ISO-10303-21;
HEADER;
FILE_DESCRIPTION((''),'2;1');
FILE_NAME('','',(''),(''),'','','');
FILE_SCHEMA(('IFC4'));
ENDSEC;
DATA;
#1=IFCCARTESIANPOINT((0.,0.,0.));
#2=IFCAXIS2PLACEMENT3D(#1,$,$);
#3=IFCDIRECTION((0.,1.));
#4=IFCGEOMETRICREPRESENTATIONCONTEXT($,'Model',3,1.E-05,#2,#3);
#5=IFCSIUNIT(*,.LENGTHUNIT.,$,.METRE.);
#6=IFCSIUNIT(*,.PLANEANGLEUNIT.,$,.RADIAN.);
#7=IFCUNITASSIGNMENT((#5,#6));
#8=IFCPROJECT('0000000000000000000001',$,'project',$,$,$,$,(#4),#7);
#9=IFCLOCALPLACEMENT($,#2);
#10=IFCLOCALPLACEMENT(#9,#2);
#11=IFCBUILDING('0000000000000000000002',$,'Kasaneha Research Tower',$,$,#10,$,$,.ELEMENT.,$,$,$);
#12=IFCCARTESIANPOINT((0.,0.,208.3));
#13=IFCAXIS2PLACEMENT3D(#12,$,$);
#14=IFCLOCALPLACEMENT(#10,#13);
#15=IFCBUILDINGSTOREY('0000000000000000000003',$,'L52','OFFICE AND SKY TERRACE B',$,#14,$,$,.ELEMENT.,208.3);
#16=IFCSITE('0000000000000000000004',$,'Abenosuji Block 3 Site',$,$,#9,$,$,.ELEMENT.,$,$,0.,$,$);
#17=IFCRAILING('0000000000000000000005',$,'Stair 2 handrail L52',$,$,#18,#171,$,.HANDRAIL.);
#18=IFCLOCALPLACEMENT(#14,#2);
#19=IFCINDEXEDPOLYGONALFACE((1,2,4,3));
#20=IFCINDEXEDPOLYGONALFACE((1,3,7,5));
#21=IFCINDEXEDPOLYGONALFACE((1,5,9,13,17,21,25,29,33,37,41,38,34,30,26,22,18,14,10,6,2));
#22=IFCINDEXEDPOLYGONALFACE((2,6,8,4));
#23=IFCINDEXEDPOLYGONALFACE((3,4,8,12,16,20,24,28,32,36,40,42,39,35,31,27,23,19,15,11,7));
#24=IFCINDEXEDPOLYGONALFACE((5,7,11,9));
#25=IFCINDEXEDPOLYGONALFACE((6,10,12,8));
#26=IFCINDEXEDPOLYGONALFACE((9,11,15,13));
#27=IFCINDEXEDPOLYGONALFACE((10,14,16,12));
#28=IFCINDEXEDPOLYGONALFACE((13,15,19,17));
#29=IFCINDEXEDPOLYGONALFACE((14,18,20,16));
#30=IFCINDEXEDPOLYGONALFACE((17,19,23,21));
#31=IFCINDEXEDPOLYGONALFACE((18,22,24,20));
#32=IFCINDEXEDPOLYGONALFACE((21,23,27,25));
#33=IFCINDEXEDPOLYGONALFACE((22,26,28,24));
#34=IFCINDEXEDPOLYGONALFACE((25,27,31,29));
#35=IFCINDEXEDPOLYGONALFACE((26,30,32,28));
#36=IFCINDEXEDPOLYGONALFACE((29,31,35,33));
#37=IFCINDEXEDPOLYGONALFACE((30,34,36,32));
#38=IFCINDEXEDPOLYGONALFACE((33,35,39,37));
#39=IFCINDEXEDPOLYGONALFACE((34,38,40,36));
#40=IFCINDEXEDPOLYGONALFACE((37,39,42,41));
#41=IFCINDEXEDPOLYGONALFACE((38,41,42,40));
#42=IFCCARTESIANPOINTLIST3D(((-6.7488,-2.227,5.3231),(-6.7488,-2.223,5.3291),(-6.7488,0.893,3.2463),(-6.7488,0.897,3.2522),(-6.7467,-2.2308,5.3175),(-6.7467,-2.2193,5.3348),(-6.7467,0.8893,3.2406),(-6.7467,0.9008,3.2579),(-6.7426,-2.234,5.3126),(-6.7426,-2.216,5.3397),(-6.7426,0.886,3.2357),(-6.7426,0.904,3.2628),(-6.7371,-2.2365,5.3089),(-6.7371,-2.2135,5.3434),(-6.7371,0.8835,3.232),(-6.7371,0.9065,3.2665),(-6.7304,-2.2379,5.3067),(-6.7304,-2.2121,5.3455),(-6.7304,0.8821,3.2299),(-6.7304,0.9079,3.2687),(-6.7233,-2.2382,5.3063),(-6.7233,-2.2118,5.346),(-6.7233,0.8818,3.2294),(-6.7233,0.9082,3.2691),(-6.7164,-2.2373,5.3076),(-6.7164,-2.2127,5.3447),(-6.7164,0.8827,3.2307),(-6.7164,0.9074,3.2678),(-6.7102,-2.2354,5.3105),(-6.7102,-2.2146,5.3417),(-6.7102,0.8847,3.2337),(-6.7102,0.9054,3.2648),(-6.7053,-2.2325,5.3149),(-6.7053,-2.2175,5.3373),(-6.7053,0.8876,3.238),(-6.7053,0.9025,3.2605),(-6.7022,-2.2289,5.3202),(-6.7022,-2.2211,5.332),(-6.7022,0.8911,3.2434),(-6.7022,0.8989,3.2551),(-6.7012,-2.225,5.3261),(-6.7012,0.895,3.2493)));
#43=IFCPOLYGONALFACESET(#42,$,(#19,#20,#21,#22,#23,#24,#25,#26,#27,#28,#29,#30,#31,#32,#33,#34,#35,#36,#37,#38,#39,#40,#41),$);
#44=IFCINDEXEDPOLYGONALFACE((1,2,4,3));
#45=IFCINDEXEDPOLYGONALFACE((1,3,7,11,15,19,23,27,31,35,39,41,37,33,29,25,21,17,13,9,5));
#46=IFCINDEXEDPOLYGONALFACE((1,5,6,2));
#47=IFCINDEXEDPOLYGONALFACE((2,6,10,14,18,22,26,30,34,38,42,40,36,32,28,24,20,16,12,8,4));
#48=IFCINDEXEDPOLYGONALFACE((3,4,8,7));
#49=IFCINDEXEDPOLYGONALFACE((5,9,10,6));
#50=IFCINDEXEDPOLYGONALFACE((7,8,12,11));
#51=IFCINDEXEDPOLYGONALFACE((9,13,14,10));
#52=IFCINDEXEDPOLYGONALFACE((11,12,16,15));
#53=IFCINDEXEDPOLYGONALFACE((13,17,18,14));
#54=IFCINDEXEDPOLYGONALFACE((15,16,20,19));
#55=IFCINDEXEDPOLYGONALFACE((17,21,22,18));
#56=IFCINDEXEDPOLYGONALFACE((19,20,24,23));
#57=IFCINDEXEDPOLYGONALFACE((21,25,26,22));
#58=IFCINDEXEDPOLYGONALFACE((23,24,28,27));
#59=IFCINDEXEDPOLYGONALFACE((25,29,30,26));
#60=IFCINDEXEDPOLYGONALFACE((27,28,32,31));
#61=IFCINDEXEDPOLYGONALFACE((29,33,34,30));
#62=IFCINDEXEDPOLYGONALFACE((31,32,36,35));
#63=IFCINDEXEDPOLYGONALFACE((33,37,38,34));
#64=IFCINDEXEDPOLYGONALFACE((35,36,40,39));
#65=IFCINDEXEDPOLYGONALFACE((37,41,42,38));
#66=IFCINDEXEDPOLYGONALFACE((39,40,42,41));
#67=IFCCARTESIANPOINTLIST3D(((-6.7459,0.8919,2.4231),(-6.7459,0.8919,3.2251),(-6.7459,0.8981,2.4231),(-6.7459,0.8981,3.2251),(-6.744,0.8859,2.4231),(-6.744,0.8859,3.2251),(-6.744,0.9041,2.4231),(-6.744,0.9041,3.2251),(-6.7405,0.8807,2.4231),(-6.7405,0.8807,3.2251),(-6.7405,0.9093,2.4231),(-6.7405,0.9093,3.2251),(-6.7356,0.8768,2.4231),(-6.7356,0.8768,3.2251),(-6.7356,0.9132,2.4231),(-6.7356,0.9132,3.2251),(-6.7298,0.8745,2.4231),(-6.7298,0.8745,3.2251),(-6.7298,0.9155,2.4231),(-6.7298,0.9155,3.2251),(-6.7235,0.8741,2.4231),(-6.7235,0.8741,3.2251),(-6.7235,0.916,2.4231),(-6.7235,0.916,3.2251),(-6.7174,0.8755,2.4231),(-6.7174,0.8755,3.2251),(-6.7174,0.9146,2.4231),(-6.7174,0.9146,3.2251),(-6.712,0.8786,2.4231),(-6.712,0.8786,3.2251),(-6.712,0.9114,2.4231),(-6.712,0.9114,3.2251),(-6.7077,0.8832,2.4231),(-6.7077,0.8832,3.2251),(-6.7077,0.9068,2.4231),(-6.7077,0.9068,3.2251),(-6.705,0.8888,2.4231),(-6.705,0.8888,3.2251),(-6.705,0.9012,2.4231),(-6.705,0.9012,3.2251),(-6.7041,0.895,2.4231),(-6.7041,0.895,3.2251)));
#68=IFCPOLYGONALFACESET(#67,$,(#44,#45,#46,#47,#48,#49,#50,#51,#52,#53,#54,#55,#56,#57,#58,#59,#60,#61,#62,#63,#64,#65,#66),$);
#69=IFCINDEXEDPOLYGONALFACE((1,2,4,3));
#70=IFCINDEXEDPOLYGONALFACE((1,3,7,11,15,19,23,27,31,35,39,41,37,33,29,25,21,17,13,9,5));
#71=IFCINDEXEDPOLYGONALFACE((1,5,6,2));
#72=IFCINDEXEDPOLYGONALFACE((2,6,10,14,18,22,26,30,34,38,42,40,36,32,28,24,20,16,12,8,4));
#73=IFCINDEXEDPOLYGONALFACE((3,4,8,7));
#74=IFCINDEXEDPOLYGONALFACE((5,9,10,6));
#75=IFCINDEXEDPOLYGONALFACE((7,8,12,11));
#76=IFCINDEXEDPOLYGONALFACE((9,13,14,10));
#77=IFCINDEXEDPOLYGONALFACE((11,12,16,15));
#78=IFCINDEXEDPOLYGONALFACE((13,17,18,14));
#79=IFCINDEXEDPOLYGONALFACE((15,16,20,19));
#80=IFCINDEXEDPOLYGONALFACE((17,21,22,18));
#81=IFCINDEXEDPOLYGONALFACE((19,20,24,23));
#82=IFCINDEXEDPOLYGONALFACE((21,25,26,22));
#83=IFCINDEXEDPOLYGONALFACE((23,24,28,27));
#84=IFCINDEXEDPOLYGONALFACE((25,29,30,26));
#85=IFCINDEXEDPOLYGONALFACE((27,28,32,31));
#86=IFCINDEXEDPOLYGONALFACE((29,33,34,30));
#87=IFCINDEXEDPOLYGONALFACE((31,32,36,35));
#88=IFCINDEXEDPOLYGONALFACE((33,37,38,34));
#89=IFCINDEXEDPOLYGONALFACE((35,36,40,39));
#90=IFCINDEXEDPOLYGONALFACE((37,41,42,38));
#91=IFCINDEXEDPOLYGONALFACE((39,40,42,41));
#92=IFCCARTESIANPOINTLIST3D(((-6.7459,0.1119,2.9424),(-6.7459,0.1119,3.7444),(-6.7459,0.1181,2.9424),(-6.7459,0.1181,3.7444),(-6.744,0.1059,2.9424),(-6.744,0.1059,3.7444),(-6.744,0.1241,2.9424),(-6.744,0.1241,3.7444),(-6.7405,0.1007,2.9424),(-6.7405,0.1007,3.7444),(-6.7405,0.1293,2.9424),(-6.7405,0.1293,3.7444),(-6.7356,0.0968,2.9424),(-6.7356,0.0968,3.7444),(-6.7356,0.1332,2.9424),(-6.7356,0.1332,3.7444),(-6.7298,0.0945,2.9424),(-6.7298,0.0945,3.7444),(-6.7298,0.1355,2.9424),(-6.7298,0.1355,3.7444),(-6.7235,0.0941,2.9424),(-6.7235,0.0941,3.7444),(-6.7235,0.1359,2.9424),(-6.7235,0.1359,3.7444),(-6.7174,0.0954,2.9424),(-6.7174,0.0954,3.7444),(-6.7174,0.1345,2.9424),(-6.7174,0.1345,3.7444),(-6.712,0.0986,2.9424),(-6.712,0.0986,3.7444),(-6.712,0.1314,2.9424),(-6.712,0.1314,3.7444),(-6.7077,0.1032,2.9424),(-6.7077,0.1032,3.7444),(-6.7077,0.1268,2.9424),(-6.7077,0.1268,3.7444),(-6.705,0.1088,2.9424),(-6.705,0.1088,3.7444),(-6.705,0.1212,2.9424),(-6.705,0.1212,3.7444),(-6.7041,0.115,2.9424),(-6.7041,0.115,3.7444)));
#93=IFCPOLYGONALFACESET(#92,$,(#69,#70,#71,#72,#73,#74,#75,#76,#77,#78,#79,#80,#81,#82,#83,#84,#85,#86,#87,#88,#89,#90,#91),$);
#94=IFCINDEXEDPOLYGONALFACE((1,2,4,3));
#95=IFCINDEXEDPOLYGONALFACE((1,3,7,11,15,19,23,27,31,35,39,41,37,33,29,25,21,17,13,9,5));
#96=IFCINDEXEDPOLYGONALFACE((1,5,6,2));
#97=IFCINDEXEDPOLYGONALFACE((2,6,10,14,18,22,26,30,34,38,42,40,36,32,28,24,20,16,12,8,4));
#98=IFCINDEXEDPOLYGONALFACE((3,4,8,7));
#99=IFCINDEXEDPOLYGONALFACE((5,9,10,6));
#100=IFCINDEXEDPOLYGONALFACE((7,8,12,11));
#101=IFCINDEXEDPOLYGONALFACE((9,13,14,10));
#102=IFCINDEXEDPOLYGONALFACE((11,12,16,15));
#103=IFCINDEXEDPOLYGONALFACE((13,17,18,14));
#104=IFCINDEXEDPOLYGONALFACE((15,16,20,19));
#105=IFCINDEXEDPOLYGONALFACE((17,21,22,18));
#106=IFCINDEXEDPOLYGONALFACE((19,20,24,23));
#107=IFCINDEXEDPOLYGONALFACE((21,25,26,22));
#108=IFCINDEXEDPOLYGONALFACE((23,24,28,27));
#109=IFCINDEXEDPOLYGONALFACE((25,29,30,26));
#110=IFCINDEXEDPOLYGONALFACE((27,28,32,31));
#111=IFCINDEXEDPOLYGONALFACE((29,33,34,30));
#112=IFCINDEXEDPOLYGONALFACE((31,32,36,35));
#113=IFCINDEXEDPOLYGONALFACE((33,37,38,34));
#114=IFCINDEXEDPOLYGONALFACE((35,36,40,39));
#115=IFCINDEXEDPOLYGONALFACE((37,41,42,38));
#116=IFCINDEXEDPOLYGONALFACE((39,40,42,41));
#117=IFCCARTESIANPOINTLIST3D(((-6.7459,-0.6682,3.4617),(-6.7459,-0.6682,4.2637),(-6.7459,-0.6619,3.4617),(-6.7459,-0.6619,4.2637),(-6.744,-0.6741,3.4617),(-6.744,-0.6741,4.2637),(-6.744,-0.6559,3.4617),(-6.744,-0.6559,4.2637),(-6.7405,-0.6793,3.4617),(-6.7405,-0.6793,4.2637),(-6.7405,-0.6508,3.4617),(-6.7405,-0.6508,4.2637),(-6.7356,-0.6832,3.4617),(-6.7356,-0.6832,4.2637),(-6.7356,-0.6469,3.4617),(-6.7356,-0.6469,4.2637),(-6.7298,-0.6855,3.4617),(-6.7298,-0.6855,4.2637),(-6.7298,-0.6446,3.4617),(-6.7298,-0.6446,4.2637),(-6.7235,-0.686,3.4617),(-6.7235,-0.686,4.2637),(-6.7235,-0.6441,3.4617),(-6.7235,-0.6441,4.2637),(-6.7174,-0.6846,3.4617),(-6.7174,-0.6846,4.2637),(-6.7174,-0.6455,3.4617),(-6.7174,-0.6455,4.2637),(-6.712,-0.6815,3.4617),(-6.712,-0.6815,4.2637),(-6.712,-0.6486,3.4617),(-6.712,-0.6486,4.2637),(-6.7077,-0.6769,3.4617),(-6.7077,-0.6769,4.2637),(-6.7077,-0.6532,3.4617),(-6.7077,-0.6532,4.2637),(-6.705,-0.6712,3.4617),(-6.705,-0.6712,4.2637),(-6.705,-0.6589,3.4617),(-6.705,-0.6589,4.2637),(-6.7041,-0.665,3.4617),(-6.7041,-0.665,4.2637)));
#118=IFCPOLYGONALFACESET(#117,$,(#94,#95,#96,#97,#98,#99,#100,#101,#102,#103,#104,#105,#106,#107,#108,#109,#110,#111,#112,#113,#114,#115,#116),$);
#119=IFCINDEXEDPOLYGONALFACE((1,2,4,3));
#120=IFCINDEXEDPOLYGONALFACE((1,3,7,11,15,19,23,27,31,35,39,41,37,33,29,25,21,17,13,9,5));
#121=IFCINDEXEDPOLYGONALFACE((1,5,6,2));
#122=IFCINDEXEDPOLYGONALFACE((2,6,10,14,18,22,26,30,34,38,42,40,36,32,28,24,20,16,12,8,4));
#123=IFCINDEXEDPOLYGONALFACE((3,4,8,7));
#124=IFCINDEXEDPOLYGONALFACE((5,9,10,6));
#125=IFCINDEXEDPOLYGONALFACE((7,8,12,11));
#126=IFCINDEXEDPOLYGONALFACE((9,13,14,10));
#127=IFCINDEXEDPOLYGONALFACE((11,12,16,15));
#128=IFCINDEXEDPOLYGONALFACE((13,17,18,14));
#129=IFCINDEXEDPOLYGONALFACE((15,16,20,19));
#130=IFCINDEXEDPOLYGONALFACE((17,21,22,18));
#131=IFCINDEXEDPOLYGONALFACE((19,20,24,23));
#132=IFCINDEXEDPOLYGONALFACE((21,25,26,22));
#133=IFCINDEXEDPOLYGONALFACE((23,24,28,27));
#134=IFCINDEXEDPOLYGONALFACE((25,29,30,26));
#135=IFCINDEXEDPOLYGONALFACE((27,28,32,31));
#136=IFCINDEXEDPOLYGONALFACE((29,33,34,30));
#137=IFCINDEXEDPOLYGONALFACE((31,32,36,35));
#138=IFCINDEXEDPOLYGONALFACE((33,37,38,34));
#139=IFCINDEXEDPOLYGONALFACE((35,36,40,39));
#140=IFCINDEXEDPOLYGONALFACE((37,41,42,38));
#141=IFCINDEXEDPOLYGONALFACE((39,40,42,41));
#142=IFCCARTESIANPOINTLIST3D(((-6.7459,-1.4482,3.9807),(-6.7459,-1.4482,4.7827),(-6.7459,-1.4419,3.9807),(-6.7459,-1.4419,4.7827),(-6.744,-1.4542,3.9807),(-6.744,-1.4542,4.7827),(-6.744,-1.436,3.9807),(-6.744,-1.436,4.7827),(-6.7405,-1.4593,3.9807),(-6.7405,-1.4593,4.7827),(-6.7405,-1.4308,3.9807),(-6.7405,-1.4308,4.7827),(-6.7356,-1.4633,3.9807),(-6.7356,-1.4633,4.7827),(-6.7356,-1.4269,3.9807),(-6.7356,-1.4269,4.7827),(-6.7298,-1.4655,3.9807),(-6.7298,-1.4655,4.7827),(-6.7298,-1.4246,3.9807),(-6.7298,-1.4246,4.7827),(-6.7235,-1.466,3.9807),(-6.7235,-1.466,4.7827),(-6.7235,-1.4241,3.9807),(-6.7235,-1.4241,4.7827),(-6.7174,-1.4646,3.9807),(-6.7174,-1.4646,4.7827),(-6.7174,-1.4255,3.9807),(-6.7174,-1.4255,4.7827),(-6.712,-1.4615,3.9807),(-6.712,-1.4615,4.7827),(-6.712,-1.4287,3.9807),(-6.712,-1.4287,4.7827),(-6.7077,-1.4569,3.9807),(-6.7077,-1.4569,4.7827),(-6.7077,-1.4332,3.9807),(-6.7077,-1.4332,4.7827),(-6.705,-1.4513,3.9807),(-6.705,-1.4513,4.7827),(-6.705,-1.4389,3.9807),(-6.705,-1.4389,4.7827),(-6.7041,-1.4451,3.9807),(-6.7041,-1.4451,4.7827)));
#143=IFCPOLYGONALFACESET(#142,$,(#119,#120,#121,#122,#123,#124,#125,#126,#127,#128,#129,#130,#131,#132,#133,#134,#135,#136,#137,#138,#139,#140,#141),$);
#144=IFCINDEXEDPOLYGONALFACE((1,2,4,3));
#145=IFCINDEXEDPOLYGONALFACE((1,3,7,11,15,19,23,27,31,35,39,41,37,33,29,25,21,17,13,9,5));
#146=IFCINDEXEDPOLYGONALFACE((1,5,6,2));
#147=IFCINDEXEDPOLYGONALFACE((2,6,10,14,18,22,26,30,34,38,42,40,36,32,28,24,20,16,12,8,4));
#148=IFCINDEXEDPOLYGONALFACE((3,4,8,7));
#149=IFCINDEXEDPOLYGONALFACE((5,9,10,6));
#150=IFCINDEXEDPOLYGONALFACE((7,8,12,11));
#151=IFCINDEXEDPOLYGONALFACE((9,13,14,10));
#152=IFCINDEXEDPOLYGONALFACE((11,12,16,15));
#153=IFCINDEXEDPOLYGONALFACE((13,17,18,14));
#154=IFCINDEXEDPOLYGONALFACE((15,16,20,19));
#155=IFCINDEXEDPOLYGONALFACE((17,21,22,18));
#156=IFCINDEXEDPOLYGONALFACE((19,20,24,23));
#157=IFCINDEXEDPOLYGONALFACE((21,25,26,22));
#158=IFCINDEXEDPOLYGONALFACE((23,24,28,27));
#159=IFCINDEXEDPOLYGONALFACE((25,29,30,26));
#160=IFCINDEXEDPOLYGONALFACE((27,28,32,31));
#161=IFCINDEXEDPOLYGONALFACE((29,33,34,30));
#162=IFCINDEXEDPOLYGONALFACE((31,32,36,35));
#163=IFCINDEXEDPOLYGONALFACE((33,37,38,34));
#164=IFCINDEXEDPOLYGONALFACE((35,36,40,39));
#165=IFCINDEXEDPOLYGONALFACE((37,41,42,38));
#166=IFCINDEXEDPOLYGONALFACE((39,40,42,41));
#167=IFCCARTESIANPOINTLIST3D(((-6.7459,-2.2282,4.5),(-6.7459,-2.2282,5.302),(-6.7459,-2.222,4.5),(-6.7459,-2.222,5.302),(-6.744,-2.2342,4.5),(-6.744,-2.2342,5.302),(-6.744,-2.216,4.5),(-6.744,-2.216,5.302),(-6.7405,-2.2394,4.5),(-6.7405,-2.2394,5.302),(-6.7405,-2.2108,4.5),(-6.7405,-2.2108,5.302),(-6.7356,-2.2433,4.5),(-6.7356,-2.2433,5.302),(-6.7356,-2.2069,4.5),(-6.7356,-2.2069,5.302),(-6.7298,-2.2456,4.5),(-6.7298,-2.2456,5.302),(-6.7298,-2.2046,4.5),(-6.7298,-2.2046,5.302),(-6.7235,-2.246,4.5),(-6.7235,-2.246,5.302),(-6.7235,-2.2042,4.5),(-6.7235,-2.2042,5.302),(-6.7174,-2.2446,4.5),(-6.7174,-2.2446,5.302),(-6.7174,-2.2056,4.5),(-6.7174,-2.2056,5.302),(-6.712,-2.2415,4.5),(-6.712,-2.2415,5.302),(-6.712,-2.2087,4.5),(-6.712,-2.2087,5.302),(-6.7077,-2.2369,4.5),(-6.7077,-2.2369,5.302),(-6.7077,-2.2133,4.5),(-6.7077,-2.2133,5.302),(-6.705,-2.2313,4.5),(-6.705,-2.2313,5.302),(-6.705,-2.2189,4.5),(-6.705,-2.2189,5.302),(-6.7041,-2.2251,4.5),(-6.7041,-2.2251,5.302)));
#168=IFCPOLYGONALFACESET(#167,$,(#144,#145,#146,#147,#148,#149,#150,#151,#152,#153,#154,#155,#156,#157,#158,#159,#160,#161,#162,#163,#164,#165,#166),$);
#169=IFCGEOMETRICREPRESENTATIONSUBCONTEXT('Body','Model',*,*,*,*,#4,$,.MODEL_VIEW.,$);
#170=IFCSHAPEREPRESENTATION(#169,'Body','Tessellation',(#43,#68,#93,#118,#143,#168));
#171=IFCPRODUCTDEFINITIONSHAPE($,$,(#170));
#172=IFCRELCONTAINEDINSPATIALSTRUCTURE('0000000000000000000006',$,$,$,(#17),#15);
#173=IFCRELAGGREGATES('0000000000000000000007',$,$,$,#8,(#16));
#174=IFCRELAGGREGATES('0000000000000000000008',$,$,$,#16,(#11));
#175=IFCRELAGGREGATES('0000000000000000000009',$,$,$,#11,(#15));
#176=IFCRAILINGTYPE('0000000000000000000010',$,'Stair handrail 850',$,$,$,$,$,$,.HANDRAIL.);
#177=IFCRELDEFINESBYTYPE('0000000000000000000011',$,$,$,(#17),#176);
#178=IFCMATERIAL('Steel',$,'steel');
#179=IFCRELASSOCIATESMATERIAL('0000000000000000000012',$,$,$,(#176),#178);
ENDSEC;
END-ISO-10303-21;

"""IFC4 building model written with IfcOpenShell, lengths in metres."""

from ifc_helpers import new_model, si_unit, direction, frame, origin, origin_2d, place, context, subcontext, project, spatial, circle, extrude, material, type_object, element, save


model = new_model("IFC4")

# Units and contexts
model_context = context("Model", 3, precision=1e-05, world=origin(), true_north=direction((0.0, 1.0)))
body_context = subcontext(model_context, "Body", "Model", "MODEL_VIEW")
ifc_project = project(units=[si_unit("LENGTHUNIT", "METRE"), si_unit("PLANEANGLEUNIT", "RADIAN")], contexts=[model_context])

# Site, building, storey
site_placement = place(None, origin())
site = spatial("IfcSite", under=ifc_project, at=site_placement, Name="Abenosuji Block 3 Site", CompositionType="ELEMENT", RefElevation=0.0)
building_placement = place(site_placement, origin())
building = spatial("IfcBuilding", under=site, at=building_placement, Name="Kasaneha Research Tower", CompositionType="ELEMENT")
storey_placement = place(building_placement, frame((0.0, 0.0, 208.3)))
storey = spatial("IfcBuildingStorey", under=building, at=storey_placement, Name="L52", Description="OFFICE AND SKY TERRACE B", CompositionType="ELEMENT", Elevation=208.3)

# Railing
ifc_material_1 = material(Name="Steel", Category="steel")
railing_type_1 = type_object("IfcRailingType", Name="Stair handrail 850", PredefinedType="HANDRAIL", material=ifc_material_1)
railing_1_placement = place(storey_placement, frame((-6.7251, 0.895, 2.4231)))
element("IfcRailing", 1, at=railing_1_placement, inside=storey, type_object=railing_type_1, Name="Stair 2 handrail L52", PredefinedType="HANDRAIL", context=body_context, shape_type="SweptSolid", body=[
    extrude(circle(Radius=0.0239, at=origin_2d()), frame((0.0, 0.0, 0.8262), z_axis=(0.0, -0.832441, 0.554114), x_axis=(1.0, 0.0, 0.0)), (0.0, 0.0, 1.0), 3.748),
    extrude(circle(Radius=0.021, at=origin_2d()), origin(), (0.0, 0.0, 1.0), 0.802),
    extrude(circle(Radius=0.021, at=origin_2d()), frame((0.0, -0.78, 0.5193)), (0.0, 0.0, 1.0), 0.802),
    extrude(circle(Radius=0.021, at=origin_2d()), frame((0.0, -1.5601, 1.0386)), (0.0, 0.0, 1.0), 0.802),
    extrude(circle(Radius=0.021, at=origin_2d()), frame((0.0, -2.3401, 1.5576)), (0.0, 0.0, 1.0), 0.802),
    extrude(circle(Radius=0.021, at=origin_2d()), frame((0.0, -3.1201, 2.0769)), (0.0, 0.0, 1.0), 0.802),
])

save(model, "model.ifc")
